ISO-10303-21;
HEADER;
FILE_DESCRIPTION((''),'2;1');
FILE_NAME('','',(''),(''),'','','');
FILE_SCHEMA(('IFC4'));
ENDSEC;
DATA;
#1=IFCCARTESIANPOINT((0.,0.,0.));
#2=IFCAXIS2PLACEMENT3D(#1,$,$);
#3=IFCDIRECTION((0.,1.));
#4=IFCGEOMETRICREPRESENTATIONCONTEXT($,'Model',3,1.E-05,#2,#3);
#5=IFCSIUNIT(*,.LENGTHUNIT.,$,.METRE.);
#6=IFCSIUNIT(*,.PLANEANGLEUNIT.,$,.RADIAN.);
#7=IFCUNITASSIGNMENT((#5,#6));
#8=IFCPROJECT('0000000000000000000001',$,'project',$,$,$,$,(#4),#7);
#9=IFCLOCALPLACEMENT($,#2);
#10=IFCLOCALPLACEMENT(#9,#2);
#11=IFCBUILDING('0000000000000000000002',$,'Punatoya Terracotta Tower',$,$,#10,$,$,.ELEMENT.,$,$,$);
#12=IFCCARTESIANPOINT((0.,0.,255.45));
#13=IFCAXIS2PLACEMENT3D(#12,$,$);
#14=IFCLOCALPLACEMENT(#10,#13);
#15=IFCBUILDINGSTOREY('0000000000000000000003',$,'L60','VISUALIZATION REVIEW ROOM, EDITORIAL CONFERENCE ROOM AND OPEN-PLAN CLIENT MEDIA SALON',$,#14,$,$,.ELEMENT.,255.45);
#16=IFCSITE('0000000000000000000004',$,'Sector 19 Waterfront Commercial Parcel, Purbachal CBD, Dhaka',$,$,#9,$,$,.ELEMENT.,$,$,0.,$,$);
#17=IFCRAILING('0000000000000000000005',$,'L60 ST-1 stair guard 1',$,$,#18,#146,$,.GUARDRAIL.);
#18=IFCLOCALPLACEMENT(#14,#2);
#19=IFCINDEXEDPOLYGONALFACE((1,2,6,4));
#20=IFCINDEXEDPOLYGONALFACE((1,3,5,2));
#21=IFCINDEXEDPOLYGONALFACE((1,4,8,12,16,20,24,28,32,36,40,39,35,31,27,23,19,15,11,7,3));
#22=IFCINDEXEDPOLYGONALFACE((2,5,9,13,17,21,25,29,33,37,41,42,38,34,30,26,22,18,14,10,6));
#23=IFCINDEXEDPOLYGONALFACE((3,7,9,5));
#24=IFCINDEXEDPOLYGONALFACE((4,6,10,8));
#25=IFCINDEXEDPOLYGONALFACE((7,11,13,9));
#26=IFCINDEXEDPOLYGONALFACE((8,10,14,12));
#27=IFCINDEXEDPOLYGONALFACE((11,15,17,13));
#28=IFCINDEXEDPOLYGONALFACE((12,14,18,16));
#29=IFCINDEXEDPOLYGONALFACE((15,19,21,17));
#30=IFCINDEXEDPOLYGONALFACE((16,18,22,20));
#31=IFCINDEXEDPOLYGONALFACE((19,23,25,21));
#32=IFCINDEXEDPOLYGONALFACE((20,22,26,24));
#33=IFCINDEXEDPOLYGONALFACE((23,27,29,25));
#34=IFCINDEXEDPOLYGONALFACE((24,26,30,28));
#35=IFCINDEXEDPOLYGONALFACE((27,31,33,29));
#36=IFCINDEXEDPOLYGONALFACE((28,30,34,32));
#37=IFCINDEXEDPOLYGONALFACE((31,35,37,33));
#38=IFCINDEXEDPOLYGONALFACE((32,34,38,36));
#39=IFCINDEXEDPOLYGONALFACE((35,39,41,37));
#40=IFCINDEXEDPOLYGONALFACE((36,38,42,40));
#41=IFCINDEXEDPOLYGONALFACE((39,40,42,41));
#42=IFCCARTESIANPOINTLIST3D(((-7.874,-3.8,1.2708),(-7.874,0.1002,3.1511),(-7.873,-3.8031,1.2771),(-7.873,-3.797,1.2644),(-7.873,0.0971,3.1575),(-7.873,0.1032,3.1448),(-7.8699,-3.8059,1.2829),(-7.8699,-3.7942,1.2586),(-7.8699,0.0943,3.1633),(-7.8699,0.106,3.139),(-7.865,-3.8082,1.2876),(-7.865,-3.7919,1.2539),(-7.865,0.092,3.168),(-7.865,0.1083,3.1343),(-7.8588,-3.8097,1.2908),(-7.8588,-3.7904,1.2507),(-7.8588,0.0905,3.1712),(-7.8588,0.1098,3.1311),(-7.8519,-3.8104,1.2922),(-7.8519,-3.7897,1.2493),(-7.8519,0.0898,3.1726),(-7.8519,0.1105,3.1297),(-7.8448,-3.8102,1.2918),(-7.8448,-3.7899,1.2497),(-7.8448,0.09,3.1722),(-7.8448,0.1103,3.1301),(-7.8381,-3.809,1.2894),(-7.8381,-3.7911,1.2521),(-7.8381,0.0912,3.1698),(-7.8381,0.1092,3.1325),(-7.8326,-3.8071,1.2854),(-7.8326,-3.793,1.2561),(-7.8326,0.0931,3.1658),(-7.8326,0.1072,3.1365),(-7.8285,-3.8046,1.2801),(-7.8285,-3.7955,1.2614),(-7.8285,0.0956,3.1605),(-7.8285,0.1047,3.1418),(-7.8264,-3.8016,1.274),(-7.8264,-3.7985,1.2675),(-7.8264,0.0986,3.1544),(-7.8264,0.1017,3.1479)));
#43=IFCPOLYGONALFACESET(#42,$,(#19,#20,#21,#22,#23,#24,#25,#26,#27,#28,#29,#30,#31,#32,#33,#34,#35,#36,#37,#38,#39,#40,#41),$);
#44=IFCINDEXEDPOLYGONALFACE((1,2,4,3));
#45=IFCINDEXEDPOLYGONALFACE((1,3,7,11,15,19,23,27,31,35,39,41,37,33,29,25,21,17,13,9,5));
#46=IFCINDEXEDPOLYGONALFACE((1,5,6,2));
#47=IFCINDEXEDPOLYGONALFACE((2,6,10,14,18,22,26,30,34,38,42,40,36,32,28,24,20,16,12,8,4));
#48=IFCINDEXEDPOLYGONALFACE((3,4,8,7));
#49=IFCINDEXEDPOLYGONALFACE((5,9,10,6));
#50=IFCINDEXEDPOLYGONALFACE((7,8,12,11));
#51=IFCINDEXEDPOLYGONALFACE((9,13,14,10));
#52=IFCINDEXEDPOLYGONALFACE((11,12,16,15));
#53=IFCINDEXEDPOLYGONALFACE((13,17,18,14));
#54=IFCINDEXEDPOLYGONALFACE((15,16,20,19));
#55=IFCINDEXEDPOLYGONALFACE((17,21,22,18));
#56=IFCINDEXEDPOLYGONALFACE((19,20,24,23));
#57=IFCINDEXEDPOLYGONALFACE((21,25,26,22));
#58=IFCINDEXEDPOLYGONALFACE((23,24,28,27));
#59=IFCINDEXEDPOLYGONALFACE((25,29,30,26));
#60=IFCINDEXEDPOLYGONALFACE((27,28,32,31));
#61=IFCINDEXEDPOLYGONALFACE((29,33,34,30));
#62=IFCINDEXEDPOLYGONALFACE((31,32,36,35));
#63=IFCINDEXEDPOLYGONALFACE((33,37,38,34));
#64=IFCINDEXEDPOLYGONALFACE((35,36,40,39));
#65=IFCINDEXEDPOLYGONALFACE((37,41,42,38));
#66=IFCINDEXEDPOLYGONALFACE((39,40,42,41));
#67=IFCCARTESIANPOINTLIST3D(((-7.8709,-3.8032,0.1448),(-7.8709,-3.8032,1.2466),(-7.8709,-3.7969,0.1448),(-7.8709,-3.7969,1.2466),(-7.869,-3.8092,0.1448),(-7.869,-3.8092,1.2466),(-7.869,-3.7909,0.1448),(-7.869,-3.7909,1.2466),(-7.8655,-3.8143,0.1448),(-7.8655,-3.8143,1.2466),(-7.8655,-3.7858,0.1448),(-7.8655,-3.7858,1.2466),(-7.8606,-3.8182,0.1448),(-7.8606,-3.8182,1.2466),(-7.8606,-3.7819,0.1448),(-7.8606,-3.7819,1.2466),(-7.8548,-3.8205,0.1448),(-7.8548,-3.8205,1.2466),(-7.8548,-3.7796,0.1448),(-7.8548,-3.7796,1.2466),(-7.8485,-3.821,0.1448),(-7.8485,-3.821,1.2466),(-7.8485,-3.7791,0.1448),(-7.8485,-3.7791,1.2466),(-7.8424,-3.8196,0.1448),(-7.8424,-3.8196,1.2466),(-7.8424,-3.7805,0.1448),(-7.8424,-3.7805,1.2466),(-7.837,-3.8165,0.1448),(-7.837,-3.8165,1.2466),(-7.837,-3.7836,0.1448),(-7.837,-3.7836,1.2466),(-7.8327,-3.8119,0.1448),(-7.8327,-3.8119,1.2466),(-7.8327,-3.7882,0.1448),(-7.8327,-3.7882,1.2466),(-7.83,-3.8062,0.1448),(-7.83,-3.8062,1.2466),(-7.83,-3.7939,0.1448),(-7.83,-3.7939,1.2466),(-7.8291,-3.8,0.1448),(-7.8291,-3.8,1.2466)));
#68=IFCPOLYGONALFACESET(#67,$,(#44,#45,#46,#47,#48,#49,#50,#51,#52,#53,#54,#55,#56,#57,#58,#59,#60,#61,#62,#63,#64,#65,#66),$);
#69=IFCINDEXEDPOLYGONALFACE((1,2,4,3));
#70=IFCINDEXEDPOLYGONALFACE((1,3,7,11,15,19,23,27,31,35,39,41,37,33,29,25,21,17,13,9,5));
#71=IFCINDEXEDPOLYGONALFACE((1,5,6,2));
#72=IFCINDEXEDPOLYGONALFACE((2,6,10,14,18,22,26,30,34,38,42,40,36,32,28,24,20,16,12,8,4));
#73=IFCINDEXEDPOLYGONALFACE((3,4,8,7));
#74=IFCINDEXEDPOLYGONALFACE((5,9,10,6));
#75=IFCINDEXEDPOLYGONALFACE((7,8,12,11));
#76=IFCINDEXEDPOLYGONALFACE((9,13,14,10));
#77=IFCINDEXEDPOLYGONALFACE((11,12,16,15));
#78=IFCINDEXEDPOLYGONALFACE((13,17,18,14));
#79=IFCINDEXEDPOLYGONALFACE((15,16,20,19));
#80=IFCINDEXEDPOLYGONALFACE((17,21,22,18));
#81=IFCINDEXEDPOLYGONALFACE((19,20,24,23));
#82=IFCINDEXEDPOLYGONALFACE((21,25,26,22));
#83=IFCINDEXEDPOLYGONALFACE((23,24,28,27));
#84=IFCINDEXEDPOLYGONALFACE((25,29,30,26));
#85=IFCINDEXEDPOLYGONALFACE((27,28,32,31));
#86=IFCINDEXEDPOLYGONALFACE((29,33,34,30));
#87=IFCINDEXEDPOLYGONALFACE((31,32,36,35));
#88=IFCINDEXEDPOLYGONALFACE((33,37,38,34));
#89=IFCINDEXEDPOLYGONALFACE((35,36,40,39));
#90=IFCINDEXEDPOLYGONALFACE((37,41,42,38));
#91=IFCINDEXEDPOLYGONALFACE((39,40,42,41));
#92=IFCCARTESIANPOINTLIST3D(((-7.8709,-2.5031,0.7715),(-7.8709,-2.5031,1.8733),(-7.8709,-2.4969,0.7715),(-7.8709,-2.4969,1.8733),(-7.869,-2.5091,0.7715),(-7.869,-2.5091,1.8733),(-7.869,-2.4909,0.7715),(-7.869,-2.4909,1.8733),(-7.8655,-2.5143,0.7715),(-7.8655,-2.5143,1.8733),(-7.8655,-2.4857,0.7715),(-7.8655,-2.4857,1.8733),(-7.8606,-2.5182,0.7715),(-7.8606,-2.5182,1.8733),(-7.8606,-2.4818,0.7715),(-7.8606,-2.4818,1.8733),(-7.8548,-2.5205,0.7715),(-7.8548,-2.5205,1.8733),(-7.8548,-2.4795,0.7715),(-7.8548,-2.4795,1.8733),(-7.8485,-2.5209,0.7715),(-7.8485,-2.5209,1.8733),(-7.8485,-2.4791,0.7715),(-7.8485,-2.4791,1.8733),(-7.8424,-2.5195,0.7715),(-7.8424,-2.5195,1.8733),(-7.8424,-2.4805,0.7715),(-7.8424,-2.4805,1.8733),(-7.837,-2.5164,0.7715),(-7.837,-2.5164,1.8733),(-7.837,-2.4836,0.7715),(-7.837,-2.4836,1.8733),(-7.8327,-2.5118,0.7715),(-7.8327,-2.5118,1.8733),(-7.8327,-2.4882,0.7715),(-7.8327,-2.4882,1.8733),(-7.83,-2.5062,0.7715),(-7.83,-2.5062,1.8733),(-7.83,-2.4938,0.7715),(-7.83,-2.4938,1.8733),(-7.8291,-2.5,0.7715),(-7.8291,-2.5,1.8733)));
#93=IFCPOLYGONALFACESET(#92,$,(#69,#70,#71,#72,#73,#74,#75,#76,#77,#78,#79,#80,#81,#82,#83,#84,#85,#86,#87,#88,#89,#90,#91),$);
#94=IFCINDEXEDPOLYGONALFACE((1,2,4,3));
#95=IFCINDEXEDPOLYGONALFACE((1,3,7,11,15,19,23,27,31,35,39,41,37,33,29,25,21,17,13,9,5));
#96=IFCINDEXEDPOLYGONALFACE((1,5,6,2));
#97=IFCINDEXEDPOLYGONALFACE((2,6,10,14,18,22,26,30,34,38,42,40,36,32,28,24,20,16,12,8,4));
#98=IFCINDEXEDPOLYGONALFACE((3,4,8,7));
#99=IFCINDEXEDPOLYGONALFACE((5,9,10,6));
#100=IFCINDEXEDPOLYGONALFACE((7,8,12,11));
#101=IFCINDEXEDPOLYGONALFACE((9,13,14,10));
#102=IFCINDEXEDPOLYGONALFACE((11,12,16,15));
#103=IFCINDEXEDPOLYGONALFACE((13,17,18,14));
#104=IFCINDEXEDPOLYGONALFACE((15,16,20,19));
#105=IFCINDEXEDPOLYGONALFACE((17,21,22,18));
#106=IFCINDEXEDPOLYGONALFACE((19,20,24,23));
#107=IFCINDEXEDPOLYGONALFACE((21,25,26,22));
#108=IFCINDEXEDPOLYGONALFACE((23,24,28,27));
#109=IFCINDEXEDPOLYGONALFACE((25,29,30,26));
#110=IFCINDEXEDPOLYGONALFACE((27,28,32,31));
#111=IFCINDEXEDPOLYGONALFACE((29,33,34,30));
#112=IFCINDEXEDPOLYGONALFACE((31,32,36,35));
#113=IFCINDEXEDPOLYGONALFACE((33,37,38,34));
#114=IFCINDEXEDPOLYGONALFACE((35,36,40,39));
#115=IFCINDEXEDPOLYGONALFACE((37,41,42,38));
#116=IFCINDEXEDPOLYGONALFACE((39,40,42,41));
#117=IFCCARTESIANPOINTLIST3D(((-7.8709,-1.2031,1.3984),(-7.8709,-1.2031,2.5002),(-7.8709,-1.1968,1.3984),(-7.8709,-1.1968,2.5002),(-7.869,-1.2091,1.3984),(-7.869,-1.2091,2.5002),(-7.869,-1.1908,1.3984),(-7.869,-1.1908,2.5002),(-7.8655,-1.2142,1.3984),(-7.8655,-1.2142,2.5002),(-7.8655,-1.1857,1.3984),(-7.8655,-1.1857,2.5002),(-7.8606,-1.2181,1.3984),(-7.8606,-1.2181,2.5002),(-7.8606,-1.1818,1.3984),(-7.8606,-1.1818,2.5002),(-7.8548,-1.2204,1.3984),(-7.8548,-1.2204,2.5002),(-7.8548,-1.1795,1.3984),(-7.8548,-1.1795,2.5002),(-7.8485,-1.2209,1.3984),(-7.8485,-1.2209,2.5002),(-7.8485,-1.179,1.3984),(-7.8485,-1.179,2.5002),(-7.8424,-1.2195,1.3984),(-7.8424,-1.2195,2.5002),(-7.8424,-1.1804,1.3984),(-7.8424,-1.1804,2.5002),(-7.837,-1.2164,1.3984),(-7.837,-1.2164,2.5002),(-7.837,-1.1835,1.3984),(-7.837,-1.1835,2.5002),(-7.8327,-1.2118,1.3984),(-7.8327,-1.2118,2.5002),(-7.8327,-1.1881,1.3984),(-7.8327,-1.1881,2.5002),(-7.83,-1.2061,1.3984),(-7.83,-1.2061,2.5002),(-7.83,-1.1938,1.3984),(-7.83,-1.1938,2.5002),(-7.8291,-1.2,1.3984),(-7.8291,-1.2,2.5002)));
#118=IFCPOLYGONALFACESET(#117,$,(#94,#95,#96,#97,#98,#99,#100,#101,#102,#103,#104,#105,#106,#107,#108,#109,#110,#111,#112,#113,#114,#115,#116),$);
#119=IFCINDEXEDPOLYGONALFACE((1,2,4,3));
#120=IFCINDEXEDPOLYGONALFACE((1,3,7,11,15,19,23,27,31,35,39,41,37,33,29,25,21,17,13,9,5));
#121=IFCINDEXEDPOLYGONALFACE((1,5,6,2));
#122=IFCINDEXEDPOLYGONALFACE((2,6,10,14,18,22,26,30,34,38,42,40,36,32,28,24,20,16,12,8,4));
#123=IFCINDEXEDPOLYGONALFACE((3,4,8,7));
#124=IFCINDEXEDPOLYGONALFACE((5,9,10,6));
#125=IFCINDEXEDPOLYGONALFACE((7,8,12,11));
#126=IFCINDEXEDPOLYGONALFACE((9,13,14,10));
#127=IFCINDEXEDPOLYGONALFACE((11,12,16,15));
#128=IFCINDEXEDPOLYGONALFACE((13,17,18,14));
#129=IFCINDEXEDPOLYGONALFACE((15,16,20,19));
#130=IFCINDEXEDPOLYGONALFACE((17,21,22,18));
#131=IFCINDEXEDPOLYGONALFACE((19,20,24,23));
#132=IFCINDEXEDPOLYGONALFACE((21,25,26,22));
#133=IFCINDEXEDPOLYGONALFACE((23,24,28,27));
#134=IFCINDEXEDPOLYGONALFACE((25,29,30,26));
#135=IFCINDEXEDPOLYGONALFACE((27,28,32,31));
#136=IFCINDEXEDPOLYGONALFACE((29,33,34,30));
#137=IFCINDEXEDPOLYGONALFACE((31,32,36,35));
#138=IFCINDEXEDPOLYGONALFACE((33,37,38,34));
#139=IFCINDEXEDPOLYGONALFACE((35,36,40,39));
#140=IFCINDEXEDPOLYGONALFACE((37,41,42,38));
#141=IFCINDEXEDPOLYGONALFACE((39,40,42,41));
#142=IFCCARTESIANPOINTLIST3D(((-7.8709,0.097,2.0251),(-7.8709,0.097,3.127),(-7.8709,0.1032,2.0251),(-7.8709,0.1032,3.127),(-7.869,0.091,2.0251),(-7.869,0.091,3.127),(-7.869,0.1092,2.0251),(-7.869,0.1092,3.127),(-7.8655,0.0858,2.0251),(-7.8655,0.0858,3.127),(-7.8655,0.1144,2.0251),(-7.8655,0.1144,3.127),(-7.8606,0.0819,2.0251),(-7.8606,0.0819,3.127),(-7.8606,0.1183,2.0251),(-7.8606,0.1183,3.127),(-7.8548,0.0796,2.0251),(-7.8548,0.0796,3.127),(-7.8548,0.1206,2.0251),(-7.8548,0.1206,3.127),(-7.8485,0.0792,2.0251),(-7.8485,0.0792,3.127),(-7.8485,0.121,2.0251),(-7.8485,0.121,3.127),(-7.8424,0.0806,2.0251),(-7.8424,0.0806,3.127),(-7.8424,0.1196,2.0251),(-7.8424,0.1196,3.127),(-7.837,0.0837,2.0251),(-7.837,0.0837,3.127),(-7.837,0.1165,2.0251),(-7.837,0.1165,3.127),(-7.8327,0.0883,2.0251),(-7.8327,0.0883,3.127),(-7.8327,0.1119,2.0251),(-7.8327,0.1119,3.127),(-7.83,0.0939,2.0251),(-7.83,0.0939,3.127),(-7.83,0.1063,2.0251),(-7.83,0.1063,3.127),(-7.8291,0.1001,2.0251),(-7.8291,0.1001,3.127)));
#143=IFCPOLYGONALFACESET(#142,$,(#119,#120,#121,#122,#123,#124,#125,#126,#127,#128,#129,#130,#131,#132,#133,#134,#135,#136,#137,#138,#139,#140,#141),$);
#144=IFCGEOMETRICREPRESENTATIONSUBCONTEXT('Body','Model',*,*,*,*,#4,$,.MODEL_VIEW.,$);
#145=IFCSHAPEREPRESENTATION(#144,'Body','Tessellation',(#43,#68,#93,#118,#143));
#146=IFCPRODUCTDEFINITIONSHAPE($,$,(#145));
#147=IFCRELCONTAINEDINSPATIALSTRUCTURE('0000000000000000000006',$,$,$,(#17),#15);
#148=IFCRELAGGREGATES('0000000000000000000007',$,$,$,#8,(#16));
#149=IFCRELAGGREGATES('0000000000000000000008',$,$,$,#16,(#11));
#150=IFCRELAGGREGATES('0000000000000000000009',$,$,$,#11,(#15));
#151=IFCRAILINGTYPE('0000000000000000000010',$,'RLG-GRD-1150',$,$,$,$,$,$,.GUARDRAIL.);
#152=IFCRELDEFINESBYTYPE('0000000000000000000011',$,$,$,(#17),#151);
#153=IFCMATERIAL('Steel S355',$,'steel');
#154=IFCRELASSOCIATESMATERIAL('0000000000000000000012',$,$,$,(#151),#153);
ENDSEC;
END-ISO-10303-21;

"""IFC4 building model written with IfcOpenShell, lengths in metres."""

from ifc_helpers import new_model, si_unit, direction, frame, origin, origin_2d, place, context, subcontext, project, spatial, circle, extrude, material, type_object, element, save


model = new_model("IFC4")

# Units and contexts
model_context = context("Model", 3, precision=1e-05, world=origin(), true_north=direction((0.0, 1.0)))
body_context = subcontext(model_context, "Body", "Model", "MODEL_VIEW")
ifc_project = project(units=[si_unit("LENGTHUNIT", "METRE"), si_unit("PLANEANGLEUNIT", "RADIAN")], contexts=[model_context])

# Site, building, storey
site_placement = place(None, origin())
site = spatial("IfcSite", under=ifc_project, at=site_placement, Name="Sector 19 Waterfront Commercial Parcel, Purbachal CBD, Dhaka", CompositionType="ELEMENT", RefElevation=0.0)
building_placement = place(site_placement, origin())
building = spatial("IfcBuilding", under=site, at=building_placement, Name="Punatoya Terracotta Tower", CompositionType="ELEMENT")
storey_placement = place(building_placement, frame((0.0, 0.0, 255.45)))
storey = spatial("IfcBuildingStorey", under=building, at=storey_placement, Name="L60", Description="VISUALIZATION REVIEW ROOM, EDITORIAL CONFERENCE ROOM AND OPEN-PLAN CLIENT MEDIA SALON", CompositionType="ELEMENT", Elevation=255.45)

# Railing
ifc_material_1 = material(Name="Steel S355", Category="steel")
railing_type_1 = type_object("IfcRailingType", Name="RLG-GRD-1150", PredefinedType="GUARDRAIL", material=ifc_material_1)
railing_1_placement = place(storey_placement, frame((-7.8501, -3.8, 0.1448)))
element("IfcRailing", 1, at=railing_1_placement, inside=storey, type_object=railing_type_1, Name="L60 ST-1 stair guard 1", PredefinedType="GUARDRAIL", context=body_context, shape_type="SweptSolid", body=[
    extrude(circle(Radius=0.0239, at=origin_2d()), frame((0.0, 0.0, 1.126), z_axis=(0.0, 0.900774, 0.434289), x_axis=(-1.0, 0.0, 0.0)), (0.0, 0.0, 1.0), 4.3298),
    extrude(circle(Radius=0.021, at=origin_2d()), origin(), (0.0, 0.0, 1.0), 1.1018),
    extrude(circle(Radius=0.021, at=origin_2d()), frame((0.0, 1.3, 0.6267)), (0.0, 0.0, 1.0), 1.1018),
    extrude(circle(Radius=0.021, at=origin_2d()), frame((0.0, 2.6001, 1.2537)), (0.0, 0.0, 1.0), 1.1018),
    extrude(circle(Radius=0.021, at=origin_2d()), frame((0.0, 3.9001, 1.8804)), (0.0, 0.0, 1.0), 1.1018),
])

save(model, "model.ifc")
